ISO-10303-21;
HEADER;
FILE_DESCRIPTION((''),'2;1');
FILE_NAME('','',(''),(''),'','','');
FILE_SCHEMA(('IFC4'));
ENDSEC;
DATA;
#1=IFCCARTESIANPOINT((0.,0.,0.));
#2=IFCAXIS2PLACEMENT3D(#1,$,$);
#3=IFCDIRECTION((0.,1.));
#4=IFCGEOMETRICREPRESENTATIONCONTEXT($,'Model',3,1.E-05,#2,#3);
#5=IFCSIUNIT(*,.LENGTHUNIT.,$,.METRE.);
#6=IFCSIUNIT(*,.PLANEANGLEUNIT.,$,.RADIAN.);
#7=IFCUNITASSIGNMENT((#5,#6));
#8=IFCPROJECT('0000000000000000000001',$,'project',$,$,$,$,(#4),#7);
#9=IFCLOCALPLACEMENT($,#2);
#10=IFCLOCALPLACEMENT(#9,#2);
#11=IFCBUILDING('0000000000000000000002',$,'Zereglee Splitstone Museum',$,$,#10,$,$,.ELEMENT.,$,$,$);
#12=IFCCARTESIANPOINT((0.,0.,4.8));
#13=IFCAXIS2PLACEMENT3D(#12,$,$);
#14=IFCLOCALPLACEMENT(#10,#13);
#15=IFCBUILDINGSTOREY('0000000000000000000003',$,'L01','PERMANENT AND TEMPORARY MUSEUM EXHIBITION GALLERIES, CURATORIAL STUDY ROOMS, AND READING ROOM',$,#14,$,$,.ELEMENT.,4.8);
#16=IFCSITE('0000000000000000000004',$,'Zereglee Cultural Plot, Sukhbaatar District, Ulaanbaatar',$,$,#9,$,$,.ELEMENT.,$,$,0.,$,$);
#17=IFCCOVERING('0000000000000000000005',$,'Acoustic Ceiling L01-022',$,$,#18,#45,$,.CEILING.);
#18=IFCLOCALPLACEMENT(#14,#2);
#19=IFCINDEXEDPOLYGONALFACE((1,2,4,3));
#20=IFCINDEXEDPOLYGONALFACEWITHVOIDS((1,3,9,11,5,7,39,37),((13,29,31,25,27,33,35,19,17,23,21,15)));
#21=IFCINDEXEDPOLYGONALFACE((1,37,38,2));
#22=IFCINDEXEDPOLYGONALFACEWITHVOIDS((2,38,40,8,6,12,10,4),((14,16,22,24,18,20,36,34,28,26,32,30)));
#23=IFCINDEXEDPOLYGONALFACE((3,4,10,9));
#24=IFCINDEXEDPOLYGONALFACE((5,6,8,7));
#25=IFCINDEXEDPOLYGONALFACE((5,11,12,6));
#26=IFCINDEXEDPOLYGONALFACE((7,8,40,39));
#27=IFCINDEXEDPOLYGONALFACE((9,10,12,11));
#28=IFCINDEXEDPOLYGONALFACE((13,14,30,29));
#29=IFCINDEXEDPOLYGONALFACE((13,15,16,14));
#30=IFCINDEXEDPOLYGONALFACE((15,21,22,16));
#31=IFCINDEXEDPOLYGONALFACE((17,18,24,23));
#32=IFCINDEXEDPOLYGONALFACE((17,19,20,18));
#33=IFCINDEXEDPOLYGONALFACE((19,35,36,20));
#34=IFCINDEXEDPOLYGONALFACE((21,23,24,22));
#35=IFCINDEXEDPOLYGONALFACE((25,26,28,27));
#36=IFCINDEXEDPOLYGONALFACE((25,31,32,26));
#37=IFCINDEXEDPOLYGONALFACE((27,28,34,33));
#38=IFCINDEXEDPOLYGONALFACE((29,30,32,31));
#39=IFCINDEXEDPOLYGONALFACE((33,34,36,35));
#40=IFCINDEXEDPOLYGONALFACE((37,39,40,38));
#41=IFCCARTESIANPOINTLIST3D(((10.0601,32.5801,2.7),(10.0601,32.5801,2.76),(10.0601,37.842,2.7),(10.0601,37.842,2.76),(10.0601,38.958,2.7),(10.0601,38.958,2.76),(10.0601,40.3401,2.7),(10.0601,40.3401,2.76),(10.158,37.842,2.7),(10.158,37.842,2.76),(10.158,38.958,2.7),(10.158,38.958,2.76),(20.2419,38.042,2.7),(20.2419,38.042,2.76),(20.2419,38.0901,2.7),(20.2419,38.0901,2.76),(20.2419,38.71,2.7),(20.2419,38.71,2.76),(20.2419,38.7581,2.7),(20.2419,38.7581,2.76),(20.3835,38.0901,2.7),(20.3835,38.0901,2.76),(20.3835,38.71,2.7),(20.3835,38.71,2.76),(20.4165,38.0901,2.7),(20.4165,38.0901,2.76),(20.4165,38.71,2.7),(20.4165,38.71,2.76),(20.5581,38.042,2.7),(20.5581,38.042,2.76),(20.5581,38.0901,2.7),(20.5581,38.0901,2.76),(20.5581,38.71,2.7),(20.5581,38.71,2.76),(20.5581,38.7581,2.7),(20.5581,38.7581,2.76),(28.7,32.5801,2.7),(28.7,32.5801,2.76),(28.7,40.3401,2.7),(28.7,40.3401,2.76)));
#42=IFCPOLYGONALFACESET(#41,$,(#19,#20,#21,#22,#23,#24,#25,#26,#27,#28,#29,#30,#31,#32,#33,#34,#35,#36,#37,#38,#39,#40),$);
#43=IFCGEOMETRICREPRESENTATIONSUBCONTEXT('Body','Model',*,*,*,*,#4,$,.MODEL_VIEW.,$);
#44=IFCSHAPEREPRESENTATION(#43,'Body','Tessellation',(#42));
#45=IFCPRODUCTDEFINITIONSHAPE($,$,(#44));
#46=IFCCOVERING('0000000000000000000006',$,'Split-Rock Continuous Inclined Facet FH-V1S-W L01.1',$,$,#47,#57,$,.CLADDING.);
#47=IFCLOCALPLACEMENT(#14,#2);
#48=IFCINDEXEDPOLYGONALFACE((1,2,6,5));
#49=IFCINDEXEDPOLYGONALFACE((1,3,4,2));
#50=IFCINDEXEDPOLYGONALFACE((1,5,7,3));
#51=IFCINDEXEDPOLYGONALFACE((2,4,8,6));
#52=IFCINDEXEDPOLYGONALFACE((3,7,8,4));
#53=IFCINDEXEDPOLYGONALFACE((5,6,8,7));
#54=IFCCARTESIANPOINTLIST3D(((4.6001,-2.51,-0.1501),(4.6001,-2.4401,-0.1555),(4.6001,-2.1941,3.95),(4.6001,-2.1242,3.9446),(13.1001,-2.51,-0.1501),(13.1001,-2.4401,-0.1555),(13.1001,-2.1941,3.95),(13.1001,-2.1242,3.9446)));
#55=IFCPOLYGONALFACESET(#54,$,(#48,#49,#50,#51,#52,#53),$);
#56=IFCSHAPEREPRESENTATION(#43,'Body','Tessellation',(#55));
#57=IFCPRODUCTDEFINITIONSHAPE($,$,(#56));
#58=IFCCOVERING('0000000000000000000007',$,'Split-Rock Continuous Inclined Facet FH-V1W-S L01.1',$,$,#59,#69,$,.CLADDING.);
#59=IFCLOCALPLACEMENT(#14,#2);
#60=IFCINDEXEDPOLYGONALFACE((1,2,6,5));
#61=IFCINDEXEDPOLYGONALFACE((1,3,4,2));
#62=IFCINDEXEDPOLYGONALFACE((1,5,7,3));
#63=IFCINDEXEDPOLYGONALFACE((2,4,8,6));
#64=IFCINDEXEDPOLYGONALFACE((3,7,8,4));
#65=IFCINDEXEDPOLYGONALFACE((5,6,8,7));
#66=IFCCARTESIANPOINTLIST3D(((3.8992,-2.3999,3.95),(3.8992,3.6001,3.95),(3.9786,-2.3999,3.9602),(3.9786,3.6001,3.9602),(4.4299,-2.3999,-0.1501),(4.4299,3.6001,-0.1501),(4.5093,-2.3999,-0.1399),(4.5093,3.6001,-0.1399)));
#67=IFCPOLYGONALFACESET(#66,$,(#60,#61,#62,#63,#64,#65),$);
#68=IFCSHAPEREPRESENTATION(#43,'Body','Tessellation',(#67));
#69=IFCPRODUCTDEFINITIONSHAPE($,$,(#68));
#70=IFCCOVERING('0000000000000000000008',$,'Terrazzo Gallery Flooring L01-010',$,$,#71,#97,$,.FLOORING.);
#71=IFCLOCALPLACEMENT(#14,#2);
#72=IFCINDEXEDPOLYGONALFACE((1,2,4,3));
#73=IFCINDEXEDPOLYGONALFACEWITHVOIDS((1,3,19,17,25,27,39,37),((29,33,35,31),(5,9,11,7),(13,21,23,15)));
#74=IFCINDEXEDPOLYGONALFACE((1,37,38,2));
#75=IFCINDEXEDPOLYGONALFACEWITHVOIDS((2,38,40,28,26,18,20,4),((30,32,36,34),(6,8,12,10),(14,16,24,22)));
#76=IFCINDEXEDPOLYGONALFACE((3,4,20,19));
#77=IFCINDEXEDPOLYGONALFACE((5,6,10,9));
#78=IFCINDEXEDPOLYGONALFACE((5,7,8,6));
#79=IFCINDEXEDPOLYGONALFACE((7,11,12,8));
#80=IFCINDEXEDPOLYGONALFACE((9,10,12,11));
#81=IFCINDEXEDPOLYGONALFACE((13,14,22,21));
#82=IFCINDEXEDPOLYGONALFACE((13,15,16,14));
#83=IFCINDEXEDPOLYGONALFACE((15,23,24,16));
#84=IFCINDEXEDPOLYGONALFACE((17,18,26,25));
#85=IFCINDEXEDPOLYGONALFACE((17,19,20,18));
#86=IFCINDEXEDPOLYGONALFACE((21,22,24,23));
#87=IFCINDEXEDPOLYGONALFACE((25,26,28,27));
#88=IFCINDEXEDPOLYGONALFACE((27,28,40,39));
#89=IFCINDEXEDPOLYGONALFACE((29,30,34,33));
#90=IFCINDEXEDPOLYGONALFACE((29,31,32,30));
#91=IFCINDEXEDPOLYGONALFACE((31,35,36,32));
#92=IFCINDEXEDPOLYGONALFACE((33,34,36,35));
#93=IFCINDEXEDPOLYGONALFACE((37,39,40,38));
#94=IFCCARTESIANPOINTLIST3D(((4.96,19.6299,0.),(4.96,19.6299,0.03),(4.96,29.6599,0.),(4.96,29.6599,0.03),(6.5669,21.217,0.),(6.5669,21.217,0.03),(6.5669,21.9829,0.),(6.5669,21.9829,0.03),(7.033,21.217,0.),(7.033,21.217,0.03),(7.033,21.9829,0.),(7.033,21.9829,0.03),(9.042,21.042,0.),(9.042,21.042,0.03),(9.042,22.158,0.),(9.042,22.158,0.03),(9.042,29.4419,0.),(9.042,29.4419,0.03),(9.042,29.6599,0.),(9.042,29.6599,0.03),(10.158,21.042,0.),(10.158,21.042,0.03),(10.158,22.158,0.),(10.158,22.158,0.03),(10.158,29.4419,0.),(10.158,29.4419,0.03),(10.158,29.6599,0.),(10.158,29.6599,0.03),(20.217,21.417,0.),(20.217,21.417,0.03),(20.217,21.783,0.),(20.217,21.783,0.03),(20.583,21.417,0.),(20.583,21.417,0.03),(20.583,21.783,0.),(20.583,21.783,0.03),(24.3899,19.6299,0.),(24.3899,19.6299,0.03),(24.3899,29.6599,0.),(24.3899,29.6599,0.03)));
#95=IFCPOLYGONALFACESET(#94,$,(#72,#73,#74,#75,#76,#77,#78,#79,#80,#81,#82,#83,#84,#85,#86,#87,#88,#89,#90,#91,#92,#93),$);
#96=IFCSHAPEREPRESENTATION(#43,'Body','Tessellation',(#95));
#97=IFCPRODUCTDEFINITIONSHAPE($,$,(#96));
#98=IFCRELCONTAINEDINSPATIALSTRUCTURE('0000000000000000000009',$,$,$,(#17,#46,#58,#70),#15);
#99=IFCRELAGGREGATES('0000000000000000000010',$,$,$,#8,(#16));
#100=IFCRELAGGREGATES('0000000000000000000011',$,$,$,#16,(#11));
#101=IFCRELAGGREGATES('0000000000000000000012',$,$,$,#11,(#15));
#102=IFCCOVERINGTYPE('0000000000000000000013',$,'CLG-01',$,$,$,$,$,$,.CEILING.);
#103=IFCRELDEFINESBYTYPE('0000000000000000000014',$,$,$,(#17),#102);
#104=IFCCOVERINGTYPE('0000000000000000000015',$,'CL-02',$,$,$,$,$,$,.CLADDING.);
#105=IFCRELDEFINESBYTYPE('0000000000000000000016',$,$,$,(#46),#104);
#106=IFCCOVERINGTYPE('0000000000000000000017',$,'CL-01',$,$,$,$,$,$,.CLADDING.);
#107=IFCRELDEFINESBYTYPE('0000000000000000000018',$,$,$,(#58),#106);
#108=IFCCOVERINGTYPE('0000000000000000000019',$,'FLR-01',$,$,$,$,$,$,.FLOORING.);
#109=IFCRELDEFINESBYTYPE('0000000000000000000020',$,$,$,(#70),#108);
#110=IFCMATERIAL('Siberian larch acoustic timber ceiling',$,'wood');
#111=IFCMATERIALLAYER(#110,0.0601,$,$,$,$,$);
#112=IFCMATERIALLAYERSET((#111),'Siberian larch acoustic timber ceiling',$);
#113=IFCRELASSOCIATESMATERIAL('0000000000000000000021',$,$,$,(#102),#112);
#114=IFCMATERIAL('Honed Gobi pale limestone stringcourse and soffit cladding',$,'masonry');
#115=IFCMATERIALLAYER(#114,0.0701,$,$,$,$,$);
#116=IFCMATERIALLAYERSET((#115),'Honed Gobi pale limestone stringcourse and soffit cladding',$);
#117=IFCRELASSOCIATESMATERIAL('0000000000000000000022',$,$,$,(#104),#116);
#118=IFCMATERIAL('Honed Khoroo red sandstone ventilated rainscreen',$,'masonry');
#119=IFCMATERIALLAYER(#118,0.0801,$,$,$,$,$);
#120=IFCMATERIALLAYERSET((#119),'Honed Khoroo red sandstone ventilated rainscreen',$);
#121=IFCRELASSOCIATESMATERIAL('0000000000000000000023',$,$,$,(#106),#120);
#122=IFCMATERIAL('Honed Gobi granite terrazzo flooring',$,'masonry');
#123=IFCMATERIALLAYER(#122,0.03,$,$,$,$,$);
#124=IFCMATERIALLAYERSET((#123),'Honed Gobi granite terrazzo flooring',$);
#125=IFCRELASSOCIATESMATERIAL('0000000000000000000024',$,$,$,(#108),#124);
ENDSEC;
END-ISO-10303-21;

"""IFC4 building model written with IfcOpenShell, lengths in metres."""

from ifc_helpers import new_model, si_unit, direction, frame, origin, place, context, subcontext, project, spatial, polyline, outline, extrude, material, layer, layer_set, type_object, element, save


model = new_model("IFC4")

# Units and contexts
model_context = context("Model", 3, precision=1e-05, world=origin(), true_north=direction((0.0, 1.0)))
body_context = subcontext(model_context, "Body", "Model", "MODEL_VIEW")
ifc_project = project(units=[si_unit("LENGTHUNIT", "METRE"), si_unit("PLANEANGLEUNIT", "RADIAN")], contexts=[model_context])

# Site, building, storey
site_placement = place(None, origin())
site = spatial("IfcSite", under=ifc_project, at=site_placement, Name="Zereglee Cultural Plot, Sukhbaatar District, Ulaanbaatar", CompositionType="ELEMENT", RefElevation=0.0)
building_placement = place(site_placement, origin())
building = spatial("IfcBuilding", under=site, at=building_placement, Name="Zereglee Splitstone Museum", CompositionType="ELEMENT")
storey_placement = place(building_placement, frame((0.0, 0.0, 4.8)))
storey = spatial("IfcBuildingStorey", under=building, at=storey_placement, Name="L01", Description="PERMANENT AND TEMPORARY MUSEUM EXHIBITION GALLERIES, CURATORIAL STUDY ROOMS, AND READING ROOM", CompositionType="ELEMENT", Elevation=4.8)

# Coverings
ifc_material_1 = material(Name="Siberian larch acoustic timber ceiling", Category="wood")
ifc_layer_1 = layer(ifc_material_1, 0.0601)
ifc_layer_set_1 = layer_set([ifc_layer_1], Name="Siberian larch acoustic timber ceiling")
covering_type_1 = type_object("IfcCoveringType", Name="CLG-01", PredefinedType="CEILING", material=ifc_layer_set_1)
covering_1_placement = place(storey_placement, frame((0.0, 0.0, 2.7)))
element("IfcCovering", 1, at=covering_1_placement, inside=storey, type_object=covering_type_1, Name="Acoustic Ceiling L01-022", PredefinedType="CEILING", context=body_context, shape_type="SweptSolid", body=[
    extrude(outline(polyline([(10.0601, 37.842), (10.158, 37.842), (10.158, 38.958), (10.0601, 38.958), (10.0601, 40.3401), (28.7, 40.3401), (28.7, 32.5801), (10.0601, 32.5801), (10.0601, 37.842)]), holes=[polyline([(20.5581, 38.7581), (20.2419, 38.7581), (20.2419, 38.71), (20.3835, 38.71), (20.3835, 38.0901), (20.2419, 38.0901), (20.2419, 38.042), (20.5581, 38.042), (20.5581, 38.0901), (20.4165, 38.0901), (20.4165, 38.71), (20.5581, 38.71), (20.5581, 38.7581)])]), origin(), (0.0, 0.0, 1.0), 0.0601),
])
ifc_material_2 = material(Name="Honed Gobi pale limestone stringcourse and soffit cladding", Category="masonry")
ifc_layer_2 = layer(ifc_material_2, 0.0701)
ifc_layer_set_2 = layer_set([ifc_layer_2], Name="Honed Gobi pale limestone stringcourse and soffit cladding")
covering_type_2 = type_object("IfcCoveringType", Name="CL-02", PredefinedType="CLADDING", material=ifc_layer_set_2)
covering_2_placement = place(storey_placement, frame((4.6001, -2.51, -0.1501), z_axis=(0.0, -0.997045, 0.076824), x_axis=(1.0, 0.0, 0.0)))
element("IfcCovering", 2, at=covering_2_placement, inside=storey, type_object=covering_type_2, Name="Split-Rock Continuous Inclined Facet FH-V1S-W L01.1", PredefinedType="CLADDING", context=body_context, shape_type="SweptSolid", body=[
    extrude(outline(polyline([(0.0, 0.0), (8.5, 0.0), (8.5, 4.1123), (0.0, 4.1123), (0.0, 0.0)])), origin(), (0.0, 0.0, -1.0), 0.0701),
])
ifc_material_3 = material(Name="Honed Khoroo red sandstone ventilated rainscreen", Category="masonry")
ifc_layer_3 = layer(ifc_material_3, 0.0801)
ifc_layer_set_3 = layer_set([ifc_layer_3], Name="Honed Khoroo red sandstone ventilated rainscreen")
covering_type_3 = type_object("IfcCoveringType", Name="CL-01", PredefinedType="CLADDING", material=ifc_layer_set_3)
covering_3_placement = place(storey_placement, frame((3.8992, -2.3999, 3.95), z_axis=(-0.991725, 0.0, -0.12838), x_axis=(0.0, 1.0, 0.0)))
element("IfcCovering", 3, at=covering_3_placement, inside=storey, type_object=covering_type_3, Name="Split-Rock Continuous Inclined Facet FH-V1W-S L01.1", PredefinedType="CLADDING", context=body_context, shape_type="SweptSolid", body=[
    extrude(outline(polyline([(0.0, 0.0), (6.0, 0.0), (6.0, 4.1343), (0.0, 4.1343), (0.0, 0.0)])), origin(), (0.0, 0.0, -1.0), 0.0801),
])
ifc_material_4 = material(Name="Honed Gobi granite terrazzo flooring", Category="masonry")
ifc_layer_4 = layer(ifc_material_4, 0.03)
ifc_layer_set_4 = layer_set([ifc_layer_4], Name="Honed Gobi granite terrazzo flooring")
covering_type_4 = type_object("IfcCoveringType", Name="FLR-01", PredefinedType="FLOORING", material=ifc_layer_set_4)
covering_4_placement = place(storey_placement, origin())
element("IfcCovering", 4, at=covering_4_placement, inside=storey, type_object=covering_type_4, Name="Terrazzo Gallery Flooring L01-010", PredefinedType="FLOORING", context=body_context, shape_type="SweptSolid", body=[
    extrude(outline(polyline([(4.96, 29.6599), (9.042, 29.6599), (9.042, 29.4419), (10.158, 29.4419), (10.158, 29.6599), (24.3899, 29.6599), (24.3899, 19.6299), (4.96, 19.6299), (4.96, 29.6599)]), holes=[polyline([(7.033, 21.9829), (6.5669, 21.9829), (6.5669, 21.217), (7.033, 21.217), (7.033, 21.9829)]), polyline([(20.217, 21.783), (20.217, 21.417), (20.583, 21.417), (20.583, 21.783), (20.217, 21.783)]), polyline([(9.042, 22.158), (9.042, 21.042), (10.158, 21.042), (10.158, 22.158), (9.042, 22.158)])]), origin(), (0.0, 0.0, 1.0), 0.03),
])

save(model, "model.ifc")
